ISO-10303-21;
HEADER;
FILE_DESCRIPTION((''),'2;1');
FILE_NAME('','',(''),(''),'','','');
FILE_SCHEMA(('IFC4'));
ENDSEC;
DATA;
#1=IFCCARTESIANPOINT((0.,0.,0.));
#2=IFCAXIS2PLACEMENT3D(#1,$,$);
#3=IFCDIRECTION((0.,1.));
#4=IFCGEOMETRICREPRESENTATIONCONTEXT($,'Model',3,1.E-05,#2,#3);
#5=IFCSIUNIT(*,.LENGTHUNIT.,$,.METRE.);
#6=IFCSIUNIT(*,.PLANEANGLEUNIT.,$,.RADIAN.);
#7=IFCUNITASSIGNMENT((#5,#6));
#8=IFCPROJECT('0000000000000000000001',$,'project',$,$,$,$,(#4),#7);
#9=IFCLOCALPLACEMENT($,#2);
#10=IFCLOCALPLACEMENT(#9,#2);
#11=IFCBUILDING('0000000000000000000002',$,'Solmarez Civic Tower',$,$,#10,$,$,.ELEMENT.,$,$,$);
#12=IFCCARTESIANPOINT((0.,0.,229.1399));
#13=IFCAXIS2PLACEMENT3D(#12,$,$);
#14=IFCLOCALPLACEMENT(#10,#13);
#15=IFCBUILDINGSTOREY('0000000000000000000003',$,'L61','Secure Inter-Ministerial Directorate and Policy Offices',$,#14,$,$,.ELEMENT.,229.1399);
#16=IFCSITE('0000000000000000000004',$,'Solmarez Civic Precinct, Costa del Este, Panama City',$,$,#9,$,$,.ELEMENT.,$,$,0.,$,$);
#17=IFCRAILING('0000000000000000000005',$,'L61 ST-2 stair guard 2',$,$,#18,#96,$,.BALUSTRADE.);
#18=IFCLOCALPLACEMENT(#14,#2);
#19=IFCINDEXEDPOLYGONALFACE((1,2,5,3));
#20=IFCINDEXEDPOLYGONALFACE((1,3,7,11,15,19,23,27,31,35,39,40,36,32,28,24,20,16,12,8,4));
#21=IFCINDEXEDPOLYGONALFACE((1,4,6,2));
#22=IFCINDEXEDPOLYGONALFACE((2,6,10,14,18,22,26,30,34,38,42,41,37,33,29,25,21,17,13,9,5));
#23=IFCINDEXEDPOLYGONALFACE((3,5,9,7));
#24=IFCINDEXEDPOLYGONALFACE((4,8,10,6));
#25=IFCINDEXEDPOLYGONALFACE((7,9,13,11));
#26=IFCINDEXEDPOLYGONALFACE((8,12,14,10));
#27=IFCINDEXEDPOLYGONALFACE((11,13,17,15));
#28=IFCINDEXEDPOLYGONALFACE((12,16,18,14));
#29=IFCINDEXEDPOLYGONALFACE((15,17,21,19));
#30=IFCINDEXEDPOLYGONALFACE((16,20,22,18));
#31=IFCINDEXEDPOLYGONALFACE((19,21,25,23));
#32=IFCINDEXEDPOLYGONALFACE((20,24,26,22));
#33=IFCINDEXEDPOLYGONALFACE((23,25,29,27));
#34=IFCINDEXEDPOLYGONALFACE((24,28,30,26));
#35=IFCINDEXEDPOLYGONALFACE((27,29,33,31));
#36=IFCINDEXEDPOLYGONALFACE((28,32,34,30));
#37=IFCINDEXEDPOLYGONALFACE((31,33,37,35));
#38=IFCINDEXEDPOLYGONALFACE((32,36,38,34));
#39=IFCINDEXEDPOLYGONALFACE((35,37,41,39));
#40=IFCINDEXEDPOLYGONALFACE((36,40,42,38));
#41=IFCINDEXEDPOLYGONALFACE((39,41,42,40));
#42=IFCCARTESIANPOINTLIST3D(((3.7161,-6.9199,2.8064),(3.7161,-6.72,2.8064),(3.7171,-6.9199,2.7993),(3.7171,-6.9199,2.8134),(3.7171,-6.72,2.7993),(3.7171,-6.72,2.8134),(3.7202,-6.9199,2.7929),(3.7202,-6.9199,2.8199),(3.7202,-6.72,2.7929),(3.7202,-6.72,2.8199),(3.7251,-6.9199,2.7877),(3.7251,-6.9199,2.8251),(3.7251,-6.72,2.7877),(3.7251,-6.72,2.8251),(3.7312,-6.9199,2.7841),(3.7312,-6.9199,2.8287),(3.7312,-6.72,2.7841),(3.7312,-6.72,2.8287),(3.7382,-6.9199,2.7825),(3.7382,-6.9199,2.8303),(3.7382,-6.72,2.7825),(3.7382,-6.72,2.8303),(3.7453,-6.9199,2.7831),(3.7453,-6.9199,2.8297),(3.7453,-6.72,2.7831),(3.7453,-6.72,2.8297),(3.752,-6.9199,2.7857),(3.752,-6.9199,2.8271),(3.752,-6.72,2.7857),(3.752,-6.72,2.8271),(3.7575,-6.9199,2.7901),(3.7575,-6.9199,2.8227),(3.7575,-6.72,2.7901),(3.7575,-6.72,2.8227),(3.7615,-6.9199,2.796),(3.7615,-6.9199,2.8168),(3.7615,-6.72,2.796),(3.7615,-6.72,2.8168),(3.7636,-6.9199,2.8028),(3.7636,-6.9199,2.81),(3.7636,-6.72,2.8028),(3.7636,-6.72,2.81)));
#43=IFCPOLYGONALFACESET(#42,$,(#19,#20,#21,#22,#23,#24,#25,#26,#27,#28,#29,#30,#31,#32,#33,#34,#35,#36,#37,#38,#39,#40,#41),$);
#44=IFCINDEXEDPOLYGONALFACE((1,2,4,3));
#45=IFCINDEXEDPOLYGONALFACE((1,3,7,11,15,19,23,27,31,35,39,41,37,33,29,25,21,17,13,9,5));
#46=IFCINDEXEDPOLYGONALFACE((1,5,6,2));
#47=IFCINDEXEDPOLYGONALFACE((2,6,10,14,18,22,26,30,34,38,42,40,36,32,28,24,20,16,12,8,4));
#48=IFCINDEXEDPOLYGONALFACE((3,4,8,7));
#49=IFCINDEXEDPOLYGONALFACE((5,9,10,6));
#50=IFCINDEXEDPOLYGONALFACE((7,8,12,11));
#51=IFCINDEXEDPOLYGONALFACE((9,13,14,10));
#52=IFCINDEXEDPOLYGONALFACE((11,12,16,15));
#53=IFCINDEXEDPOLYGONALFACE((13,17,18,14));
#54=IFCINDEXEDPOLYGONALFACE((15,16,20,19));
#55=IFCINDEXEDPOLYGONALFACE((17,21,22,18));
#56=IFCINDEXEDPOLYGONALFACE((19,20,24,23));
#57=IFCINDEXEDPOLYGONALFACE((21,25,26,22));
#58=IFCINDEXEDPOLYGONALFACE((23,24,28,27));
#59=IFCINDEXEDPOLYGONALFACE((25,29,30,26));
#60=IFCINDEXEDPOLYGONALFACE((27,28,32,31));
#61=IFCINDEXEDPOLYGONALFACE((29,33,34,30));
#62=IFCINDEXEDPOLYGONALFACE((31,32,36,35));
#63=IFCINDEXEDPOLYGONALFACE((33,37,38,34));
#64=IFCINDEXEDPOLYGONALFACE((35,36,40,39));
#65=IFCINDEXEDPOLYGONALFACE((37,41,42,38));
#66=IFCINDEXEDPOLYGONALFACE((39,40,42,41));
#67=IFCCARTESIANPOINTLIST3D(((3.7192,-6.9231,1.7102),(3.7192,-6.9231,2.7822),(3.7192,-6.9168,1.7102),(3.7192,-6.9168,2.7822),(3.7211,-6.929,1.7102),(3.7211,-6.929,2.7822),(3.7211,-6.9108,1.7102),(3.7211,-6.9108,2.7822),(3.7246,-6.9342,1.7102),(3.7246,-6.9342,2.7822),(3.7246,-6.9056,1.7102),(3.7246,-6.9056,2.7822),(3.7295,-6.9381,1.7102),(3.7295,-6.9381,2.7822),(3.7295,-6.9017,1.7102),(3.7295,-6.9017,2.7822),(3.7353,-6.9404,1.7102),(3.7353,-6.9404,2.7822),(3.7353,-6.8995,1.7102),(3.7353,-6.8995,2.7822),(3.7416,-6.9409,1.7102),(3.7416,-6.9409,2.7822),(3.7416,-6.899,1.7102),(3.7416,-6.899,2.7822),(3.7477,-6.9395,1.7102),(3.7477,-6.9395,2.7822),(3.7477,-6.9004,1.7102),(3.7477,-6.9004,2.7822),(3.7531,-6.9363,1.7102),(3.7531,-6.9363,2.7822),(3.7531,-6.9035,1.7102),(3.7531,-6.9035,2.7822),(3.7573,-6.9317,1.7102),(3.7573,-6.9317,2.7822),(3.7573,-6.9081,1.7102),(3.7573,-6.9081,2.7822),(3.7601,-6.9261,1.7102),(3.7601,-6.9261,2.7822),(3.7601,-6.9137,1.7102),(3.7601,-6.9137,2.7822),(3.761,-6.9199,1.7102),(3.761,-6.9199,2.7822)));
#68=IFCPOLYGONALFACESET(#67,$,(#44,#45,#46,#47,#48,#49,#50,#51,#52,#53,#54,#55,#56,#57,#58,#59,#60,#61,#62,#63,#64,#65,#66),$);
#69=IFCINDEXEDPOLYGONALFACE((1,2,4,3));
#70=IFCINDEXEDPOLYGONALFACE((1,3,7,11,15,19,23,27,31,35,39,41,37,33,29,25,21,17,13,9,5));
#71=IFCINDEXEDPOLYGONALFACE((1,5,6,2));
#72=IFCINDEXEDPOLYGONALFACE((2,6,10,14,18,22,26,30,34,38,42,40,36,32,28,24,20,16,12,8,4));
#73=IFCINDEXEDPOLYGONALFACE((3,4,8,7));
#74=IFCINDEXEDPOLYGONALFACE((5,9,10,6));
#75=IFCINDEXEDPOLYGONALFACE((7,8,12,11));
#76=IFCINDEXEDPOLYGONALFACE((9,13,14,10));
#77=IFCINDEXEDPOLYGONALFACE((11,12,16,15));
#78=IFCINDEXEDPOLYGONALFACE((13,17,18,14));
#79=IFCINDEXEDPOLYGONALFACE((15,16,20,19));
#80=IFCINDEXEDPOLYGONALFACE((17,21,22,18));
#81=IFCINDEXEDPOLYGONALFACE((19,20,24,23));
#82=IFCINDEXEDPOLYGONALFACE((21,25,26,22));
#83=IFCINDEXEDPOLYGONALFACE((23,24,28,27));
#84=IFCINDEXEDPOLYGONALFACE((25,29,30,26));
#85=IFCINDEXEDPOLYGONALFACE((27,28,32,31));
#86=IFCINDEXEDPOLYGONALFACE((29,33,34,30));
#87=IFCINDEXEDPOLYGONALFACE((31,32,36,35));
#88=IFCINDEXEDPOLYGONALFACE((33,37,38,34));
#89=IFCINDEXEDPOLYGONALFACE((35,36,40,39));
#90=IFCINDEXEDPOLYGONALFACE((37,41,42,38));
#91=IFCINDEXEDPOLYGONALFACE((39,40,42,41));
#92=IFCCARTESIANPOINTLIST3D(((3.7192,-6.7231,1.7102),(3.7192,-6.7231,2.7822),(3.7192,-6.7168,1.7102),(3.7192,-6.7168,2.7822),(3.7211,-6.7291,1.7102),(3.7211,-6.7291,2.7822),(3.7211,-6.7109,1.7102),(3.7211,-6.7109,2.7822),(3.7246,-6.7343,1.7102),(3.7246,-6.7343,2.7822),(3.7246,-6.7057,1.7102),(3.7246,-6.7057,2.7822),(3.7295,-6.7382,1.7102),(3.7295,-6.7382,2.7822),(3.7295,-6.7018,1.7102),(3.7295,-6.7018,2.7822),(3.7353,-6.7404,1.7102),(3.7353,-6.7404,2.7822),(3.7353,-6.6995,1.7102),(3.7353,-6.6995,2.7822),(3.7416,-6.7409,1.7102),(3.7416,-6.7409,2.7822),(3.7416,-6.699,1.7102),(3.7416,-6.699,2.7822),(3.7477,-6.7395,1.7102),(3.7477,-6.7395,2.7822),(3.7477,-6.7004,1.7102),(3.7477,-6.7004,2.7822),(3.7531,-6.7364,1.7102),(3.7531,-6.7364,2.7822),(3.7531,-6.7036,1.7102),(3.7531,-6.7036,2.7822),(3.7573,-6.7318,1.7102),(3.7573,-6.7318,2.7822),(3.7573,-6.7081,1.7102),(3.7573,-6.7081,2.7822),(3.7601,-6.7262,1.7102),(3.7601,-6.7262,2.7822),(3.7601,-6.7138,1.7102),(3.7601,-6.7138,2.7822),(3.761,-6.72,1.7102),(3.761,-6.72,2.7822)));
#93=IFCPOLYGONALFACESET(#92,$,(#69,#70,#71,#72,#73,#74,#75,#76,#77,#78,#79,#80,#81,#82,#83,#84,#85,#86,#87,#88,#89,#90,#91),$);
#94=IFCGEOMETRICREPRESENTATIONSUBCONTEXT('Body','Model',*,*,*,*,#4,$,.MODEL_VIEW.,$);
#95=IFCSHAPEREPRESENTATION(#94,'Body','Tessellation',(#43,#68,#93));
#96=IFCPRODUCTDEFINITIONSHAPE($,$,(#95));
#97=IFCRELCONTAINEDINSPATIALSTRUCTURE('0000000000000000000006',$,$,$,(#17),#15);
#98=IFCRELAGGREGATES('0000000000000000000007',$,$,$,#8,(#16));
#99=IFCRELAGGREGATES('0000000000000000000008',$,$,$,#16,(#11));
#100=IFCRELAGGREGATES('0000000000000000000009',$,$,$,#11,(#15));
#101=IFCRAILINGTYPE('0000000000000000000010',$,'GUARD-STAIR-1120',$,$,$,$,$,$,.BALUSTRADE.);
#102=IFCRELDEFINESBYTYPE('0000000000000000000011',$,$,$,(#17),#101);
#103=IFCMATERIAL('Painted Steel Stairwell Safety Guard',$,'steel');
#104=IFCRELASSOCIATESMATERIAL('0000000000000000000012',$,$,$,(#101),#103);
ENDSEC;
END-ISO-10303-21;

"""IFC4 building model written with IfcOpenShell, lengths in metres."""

from ifc_helpers import new_model, si_unit, direction, frame, origin, origin_2d, place, context, subcontext, project, spatial, circle, extrude, material, type_object, element, save


model = new_model("IFC4")

# Units and contexts
model_context = context("Model", 3, precision=1e-05, world=origin(), true_north=direction((0.0, 1.0)))
body_context = subcontext(model_context, "Body", "Model", "MODEL_VIEW")
ifc_project = project(units=[si_unit("LENGTHUNIT", "METRE"), si_unit("PLANEANGLEUNIT", "RADIAN")], contexts=[model_context])

# Site, building, storey
site_placement = place(None, origin())
site = spatial("IfcSite", under=ifc_project, at=site_placement, Name="Solmarez Civic Precinct, Costa del Este, Panama City", CompositionType="ELEMENT", RefElevation=0.0)
building_placement = place(site_placement, origin())
building = spatial("IfcBuilding", under=site, at=building_placement, Name="Solmarez Civic Tower", CompositionType="ELEMENT")
storey_placement = place(building_placement, frame((0.0, 0.0, 229.1399)))
storey = spatial("IfcBuildingStorey", under=building, at=storey_placement, Name="L61", Description="Secure Inter-Ministerial Directorate and Policy Offices", CompositionType="ELEMENT", Elevation=229.1399)

# Railing
ifc_material_1 = material(Name="Painted Steel Stairwell Safety Guard", Category="steel")
railing_type_1 = type_object("IfcRailingType", Name="GUARD-STAIR-1120", PredefinedType="BALUSTRADE", material=ifc_material_1)
railing_1_placement = place(storey_placement, frame((3.74, -6.9199, 1.7102)))
element("IfcRailing", 1, at=railing_1_placement, inside=storey, type_object=railing_type_1, Name="L61 ST-2 stair guard 2", PredefinedType="BALUSTRADE", context=body_context, shape_type="SweptSolid", body=[
    extrude(circle(Radius=0.0239, at=origin_2d()), frame((0.0, 0.0, 1.0962), z_axis=(0.0, 1.0, 0.0), x_axis=(-1.0, 0.0, 0.0)), (0.0, 0.0, 1.0), 0.2),
    extrude(circle(Radius=0.021, at=origin_2d()), origin(), (0.0, 0.0, 1.0), 1.072),
    extrude(circle(Radius=0.021, at=origin_2d()), frame((0.0, 0.2, 0.0)), (0.0, 0.0, 1.0), 1.072),
])

save(model, "model.ifc")
